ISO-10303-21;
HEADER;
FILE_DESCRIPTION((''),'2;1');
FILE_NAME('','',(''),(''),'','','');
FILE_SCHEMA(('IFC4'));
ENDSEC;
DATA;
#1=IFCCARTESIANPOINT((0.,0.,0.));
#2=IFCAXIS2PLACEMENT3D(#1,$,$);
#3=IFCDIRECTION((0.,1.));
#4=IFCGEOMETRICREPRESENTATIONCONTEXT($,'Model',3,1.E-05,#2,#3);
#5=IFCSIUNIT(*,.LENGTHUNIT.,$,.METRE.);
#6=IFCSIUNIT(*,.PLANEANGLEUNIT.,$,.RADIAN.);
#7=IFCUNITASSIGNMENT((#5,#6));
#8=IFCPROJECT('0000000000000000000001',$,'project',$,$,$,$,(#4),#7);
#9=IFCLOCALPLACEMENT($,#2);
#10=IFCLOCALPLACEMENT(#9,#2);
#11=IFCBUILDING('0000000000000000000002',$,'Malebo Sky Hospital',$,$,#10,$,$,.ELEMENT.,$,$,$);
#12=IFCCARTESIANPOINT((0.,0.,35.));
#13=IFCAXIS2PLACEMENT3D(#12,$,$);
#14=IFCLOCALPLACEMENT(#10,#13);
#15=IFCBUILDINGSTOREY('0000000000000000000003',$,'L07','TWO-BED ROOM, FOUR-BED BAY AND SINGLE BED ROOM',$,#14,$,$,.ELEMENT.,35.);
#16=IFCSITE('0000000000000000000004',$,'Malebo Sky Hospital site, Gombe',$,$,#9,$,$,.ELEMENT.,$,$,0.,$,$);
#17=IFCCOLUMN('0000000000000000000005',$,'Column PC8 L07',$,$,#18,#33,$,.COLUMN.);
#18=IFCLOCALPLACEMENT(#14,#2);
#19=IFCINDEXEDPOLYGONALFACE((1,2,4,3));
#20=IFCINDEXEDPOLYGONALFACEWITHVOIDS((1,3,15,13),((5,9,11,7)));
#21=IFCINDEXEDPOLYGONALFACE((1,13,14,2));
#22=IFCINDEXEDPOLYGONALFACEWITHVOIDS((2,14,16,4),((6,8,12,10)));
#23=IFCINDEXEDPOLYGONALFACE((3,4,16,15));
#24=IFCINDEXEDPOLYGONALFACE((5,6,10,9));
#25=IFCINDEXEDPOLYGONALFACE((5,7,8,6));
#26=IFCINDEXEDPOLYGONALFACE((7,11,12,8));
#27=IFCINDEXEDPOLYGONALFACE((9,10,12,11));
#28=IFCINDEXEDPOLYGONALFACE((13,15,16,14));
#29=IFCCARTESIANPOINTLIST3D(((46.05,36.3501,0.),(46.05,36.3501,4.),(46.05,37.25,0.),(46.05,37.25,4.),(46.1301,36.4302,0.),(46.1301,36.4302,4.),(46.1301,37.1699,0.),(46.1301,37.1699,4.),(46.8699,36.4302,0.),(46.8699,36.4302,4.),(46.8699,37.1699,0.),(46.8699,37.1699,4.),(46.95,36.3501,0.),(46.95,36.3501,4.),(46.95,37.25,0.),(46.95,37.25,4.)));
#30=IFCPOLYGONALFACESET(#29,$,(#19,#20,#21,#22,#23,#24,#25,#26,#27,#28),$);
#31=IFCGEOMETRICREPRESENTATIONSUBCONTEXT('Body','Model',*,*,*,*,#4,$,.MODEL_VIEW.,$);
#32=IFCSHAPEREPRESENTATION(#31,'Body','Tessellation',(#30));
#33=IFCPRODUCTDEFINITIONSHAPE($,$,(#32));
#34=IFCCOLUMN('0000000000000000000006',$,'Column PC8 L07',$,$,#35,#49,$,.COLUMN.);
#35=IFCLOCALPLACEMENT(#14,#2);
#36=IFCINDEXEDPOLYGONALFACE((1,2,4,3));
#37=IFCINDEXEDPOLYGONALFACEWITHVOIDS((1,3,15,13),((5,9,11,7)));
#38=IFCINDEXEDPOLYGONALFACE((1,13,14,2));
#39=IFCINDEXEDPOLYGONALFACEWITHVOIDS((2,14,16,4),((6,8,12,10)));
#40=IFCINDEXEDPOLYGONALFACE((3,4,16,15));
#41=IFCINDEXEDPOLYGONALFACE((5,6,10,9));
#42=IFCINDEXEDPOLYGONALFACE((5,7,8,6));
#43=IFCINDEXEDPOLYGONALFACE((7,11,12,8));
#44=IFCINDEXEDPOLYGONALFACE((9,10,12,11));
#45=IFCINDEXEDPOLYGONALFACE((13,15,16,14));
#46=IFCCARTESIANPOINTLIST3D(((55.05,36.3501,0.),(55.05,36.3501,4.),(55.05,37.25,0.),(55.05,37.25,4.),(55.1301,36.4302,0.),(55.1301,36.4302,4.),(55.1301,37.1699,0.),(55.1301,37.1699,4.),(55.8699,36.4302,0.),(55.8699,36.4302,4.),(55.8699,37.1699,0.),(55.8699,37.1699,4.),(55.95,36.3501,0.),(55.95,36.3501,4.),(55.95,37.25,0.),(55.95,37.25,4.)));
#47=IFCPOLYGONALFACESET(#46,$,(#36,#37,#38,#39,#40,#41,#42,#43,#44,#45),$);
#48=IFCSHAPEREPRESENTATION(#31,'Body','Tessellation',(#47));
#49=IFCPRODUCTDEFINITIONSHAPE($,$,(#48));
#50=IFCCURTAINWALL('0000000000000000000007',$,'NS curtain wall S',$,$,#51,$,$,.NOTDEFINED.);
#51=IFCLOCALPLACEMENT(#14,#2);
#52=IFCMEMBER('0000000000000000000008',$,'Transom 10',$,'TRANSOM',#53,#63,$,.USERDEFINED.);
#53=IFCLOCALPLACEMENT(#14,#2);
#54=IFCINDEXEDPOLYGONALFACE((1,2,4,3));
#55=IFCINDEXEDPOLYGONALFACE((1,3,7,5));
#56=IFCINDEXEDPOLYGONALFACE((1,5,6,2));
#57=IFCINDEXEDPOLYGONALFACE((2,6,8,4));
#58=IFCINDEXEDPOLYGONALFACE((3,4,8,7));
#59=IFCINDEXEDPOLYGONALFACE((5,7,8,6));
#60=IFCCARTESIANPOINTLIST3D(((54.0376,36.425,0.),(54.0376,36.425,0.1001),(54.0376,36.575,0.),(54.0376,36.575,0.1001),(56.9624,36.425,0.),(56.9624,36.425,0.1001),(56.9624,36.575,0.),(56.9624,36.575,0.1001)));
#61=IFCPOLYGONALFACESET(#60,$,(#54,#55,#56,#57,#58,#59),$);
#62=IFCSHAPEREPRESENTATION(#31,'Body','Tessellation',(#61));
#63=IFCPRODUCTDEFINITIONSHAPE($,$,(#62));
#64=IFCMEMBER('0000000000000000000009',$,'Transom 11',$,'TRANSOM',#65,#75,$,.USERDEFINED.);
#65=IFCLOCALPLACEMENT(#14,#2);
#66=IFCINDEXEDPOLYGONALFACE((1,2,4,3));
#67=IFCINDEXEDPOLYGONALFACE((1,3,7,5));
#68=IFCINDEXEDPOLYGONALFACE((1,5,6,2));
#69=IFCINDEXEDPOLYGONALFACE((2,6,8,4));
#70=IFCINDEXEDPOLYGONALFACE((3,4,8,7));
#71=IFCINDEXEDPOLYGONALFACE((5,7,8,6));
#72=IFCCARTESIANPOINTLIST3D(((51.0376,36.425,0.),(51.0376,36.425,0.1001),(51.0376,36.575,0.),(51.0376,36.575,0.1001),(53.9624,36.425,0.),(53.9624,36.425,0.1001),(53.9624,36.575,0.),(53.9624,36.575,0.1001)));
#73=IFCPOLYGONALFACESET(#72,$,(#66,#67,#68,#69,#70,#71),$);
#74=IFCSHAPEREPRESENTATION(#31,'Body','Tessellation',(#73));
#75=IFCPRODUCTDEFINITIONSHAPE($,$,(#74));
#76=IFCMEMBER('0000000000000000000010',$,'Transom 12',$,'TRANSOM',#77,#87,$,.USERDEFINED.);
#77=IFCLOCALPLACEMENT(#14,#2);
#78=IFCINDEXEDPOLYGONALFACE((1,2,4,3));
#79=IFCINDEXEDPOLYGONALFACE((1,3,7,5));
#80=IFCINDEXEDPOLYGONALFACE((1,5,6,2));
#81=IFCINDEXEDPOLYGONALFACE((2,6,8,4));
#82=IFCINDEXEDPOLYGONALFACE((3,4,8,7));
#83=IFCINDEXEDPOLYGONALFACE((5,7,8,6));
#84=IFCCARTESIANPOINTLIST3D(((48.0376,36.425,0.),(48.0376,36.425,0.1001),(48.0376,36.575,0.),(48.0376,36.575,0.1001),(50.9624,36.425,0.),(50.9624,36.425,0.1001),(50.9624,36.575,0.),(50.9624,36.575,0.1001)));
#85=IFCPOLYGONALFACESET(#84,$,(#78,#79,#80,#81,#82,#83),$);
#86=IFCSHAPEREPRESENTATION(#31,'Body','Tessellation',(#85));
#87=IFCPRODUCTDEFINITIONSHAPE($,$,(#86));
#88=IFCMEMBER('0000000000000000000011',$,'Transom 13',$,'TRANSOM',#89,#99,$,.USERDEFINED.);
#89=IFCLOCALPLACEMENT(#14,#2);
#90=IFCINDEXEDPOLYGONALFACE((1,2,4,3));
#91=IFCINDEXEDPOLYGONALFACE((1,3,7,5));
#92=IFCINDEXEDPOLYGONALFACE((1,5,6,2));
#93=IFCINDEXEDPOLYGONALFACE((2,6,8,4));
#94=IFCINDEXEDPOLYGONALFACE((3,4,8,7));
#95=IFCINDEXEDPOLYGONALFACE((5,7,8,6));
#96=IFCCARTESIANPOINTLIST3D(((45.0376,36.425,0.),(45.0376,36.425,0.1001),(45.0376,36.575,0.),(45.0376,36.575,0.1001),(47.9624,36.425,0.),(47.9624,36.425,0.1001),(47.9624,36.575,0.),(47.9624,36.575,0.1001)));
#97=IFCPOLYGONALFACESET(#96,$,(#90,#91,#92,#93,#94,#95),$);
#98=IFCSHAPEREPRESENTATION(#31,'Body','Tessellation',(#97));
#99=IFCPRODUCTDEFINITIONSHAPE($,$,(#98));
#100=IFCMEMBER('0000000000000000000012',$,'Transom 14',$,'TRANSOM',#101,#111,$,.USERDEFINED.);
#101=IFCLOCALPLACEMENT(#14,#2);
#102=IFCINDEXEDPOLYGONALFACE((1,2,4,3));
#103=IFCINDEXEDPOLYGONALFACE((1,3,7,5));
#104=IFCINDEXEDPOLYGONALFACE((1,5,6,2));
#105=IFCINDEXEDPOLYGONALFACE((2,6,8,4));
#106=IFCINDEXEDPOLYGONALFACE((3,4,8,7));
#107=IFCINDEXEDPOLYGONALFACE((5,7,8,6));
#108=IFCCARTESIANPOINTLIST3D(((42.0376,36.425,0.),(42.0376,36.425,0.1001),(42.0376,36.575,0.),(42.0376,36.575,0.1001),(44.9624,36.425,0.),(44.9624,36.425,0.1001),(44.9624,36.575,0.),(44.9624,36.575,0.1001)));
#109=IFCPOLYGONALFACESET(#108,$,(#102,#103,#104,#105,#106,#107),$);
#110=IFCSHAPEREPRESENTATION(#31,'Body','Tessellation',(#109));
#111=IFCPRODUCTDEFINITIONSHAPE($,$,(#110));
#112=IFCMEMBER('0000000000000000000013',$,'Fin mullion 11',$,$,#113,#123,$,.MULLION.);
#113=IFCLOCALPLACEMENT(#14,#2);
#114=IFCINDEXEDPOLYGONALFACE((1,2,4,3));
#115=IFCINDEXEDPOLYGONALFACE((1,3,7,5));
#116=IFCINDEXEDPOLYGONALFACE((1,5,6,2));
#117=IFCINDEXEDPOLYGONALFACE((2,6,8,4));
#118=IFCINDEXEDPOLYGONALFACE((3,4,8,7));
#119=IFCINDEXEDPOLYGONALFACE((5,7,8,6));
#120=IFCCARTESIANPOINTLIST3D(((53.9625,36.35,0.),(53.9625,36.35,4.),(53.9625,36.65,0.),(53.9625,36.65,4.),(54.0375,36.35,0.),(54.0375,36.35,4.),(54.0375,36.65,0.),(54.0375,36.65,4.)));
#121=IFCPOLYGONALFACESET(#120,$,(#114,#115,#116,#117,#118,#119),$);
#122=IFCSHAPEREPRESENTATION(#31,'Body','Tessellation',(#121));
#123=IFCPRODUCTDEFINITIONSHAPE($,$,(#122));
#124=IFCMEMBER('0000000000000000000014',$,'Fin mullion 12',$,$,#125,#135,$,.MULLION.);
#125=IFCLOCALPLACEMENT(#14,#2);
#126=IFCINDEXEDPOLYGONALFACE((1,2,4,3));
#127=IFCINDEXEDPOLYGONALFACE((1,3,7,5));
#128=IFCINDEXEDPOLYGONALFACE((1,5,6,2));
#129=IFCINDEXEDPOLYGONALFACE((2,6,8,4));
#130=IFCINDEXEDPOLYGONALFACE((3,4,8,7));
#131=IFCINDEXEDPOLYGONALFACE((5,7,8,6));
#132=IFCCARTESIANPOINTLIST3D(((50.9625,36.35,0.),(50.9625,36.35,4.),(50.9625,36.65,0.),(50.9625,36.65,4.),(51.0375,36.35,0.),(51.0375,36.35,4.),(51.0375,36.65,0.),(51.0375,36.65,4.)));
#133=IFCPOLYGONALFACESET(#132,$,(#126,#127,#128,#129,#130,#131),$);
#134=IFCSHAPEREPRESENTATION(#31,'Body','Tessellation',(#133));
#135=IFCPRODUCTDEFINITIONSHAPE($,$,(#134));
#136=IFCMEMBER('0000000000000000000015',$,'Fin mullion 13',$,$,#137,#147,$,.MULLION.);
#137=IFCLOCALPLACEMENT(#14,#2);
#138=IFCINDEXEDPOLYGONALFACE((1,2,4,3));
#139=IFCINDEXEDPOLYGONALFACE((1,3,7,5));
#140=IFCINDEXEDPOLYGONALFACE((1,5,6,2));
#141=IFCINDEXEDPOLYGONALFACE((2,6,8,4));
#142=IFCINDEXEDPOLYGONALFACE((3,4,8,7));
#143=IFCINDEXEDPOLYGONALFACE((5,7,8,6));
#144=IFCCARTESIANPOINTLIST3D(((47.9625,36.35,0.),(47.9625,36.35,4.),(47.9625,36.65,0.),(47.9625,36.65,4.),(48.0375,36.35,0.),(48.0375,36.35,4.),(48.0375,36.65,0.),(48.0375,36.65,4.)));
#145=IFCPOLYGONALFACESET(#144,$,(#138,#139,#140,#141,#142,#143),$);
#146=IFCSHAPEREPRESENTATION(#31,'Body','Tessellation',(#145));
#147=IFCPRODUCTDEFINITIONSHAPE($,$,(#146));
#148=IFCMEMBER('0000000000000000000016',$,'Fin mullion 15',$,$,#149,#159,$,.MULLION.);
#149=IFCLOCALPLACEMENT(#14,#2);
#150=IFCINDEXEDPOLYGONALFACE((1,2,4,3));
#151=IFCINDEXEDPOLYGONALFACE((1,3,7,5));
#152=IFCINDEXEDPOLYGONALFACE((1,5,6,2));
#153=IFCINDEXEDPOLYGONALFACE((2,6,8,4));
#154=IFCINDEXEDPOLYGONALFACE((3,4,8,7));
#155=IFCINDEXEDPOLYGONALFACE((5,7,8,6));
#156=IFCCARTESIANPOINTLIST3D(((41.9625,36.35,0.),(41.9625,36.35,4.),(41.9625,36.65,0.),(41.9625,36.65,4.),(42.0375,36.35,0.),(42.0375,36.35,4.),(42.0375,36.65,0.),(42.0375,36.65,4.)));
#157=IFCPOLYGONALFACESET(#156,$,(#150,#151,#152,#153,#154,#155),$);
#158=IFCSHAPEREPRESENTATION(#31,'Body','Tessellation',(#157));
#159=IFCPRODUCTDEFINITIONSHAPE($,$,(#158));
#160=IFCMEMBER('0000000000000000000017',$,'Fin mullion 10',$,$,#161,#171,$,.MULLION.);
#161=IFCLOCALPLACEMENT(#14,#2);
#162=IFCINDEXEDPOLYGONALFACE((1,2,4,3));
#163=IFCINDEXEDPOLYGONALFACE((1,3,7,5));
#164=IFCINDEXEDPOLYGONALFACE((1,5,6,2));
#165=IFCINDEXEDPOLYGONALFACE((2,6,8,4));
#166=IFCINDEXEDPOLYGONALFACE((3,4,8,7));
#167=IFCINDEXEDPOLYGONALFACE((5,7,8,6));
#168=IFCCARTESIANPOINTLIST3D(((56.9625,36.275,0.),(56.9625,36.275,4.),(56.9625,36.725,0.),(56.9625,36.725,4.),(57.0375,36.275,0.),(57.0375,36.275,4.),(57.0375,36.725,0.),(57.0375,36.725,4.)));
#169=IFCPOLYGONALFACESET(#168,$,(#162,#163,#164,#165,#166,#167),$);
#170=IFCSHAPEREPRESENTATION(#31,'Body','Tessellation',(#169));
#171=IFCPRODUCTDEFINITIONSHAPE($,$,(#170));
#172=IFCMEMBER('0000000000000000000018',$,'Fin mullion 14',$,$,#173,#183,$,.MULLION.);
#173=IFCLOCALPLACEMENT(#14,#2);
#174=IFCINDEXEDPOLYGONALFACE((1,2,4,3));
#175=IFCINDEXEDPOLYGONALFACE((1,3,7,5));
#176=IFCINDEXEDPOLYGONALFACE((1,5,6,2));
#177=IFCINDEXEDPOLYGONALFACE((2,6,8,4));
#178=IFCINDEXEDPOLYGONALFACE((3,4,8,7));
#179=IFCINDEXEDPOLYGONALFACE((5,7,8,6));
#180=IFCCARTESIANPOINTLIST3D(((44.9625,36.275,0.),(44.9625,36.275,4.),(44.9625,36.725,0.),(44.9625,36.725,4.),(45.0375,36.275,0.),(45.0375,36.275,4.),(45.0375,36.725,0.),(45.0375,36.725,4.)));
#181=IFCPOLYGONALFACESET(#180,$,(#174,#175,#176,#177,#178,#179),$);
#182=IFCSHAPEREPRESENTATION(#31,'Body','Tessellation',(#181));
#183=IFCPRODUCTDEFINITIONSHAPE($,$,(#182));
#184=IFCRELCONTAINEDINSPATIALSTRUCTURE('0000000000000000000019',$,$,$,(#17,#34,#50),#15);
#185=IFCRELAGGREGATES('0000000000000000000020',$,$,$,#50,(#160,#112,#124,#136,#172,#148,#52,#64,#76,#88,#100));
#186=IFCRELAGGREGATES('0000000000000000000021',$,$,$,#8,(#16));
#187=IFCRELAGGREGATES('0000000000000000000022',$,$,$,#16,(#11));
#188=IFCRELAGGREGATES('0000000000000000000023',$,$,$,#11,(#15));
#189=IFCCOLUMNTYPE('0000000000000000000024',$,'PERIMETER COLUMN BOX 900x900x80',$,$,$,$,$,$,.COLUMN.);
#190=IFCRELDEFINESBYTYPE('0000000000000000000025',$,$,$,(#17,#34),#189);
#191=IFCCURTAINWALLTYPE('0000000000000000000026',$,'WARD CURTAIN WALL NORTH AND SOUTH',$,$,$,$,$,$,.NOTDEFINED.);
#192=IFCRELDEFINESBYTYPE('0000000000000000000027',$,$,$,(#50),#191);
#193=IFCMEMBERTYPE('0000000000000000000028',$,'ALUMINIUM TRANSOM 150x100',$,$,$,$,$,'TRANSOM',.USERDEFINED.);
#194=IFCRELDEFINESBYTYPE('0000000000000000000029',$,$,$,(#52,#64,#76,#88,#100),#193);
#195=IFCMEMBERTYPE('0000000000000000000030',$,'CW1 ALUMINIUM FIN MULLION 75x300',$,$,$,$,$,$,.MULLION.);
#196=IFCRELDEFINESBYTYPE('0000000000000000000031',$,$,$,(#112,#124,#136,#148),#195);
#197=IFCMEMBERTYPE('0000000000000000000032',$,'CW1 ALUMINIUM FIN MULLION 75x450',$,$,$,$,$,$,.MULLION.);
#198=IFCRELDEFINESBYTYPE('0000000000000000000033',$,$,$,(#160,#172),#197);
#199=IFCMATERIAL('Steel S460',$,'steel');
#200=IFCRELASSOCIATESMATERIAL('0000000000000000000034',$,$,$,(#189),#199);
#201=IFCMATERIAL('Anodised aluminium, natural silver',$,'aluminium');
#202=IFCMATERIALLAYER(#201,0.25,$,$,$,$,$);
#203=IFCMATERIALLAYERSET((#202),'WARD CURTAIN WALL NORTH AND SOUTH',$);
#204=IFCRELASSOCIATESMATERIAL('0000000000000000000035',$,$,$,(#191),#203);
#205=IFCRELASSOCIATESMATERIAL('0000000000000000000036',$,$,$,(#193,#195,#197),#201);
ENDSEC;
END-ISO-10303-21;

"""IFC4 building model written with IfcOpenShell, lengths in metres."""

from ifc_helpers import new_model, si_unit, direction, frame, origin, origin_2d, place, context, subcontext, project, spatial, rectangle, hollow_rectangle, extrude, material, layer, layer_set, material_profile, profile_set, type_object, element, aggregate, save


model = new_model("IFC4")

# Units and contexts
model_context = context("Model", 3, precision=1e-05, world=origin(), true_north=direction((0.0, 1.0)))
body_context = subcontext(model_context, "Body", "Model", "MODEL_VIEW")
ifc_project = project(units=[si_unit("LENGTHUNIT", "METRE"), si_unit("PLANEANGLEUNIT", "RADIAN")], contexts=[model_context])

# Site, building, storey
site_placement = place(None, origin())
site = spatial("IfcSite", under=ifc_project, at=site_placement, Name="Malebo Sky Hospital site, Gombe", CompositionType="ELEMENT", RefElevation=0.0)
building_placement = place(site_placement, origin())
building = spatial("IfcBuilding", under=site, at=building_placement, Name="Malebo Sky Hospital", CompositionType="ELEMENT")
storey_placement = place(building_placement, frame((0.0, 0.0, 35.0)))
storey = spatial("IfcBuildingStorey", under=building, at=storey_placement, Name="L07", Description="TWO-BED ROOM, FOUR-BED BAY AND SINGLE BED ROOM", CompositionType="ELEMENT", Elevation=35.0)

# Columns
ifc_material_1 = material(Name="Steel S460", Category="steel")
ifc_material_profile_1 = material_profile(ifc_material_1, hollow_rectangle(XDim=0.8999, YDim=0.8999, WallThickness=0.0801, at=origin_2d()), Name="BOX 900x900x80")
ifc_profile_set_1 = profile_set([ifc_material_profile_1], Name="Steel S460")
column_type = type_object("IfcColumnType", Name="PERIMETER COLUMN BOX 900x900x80", PredefinedType="COLUMN", material=ifc_profile_set_1)
for number, where, z_axis, x_axis, name in (
    (1, (46.5, 36.8, 0.0), (0.0, 0.0, 1.0), (1.0, 0.0, 0.0), "Column PC8 L07"),
    (2, (55.5, 36.8, 0.0), (0.0, 0.0, 1.0), (1.0, 0.0, 0.0), "Column PC8 L07"),
):
    element("IfcColumn", number, at=place(storey_placement, frame(where, z_axis=z_axis, x_axis=x_axis)), inside=storey, type_object=column_type, Name=name, PredefinedType="COLUMN", context=body_context, shape_type="SweptSolid", body=[
        extrude(hollow_rectangle(XDim=0.8999, YDim=0.8999, WallThickness=0.0801, at=origin_2d()), origin(), (0.0, 0.0, 1.0), 4.0),
    ])

# Curtain wall, members
ifc_material_2 = material(Name="Anodised aluminium, natural silver", Category="aluminium")
ifc_layer_1 = layer(ifc_material_2, 0.25)
ifc_layer_set_1 = layer_set([ifc_layer_1], Name="WARD CURTAIN WALL NORTH AND SOUTH")
curtain_wall_type = type_object("IfcCurtainWallType", Name="WARD CURTAIN WALL NORTH AND SOUTH", PredefinedType="NOTDEFINED", material=ifc_layer_set_1)
curtain_wall_placement = place(storey_placement, origin())
curtain_wall = element("IfcCurtainWall", 3, at=curtain_wall_placement, inside=storey, type_object=curtain_wall_type, Name="NS curtain wall S", PredefinedType="NOTDEFINED")
ifc_material_profile_2 = material_profile(ifc_material_2, rectangle(XDim=0.1499, YDim=0.1001, at=origin_2d()), Name="ALUMINIUM TRANSOM 150x100")
ifc_profile_set_2 = profile_set([ifc_material_profile_2], Name="Anodised aluminium, natural silver")
member_type_1 = type_object("IfcMemberType", Name="ALUMINIUM TRANSOM 150x100", ElementType="TRANSOM", PredefinedType="USERDEFINED", material=ifc_profile_set_2)
member_1_placement = place(storey_placement, frame((56.9624, 36.5, 0.05), z_axis=(-1.0, 0.0, 0.0), x_axis=(0.0, -1.0, 0.0)))
member_1 = element("IfcMember", 4, at=member_1_placement, type_object=member_type_1, Name="Transom 10", ObjectType="TRANSOM", PredefinedType="USERDEFINED", context=body_context, shape_type="SweptSolid", body=[
    extrude(rectangle(XDim=0.1499, YDim=0.1001, at=origin_2d()), origin(), (0.0, 0.0, 1.0), 2.9248),
])
member_2_placement = place(storey_placement, frame((53.9624, 36.5, 0.05), z_axis=(-1.0, 0.0, 0.0), x_axis=(0.0, -1.0, 0.0)))
member_2 = element("IfcMember", 5, at=member_2_placement, type_object=member_type_1, Name="Transom 11", ObjectType="TRANSOM", PredefinedType="USERDEFINED", context=body_context, shape_type="SweptSolid", body=[
    extrude(rectangle(XDim=0.1499, YDim=0.1001, at=origin_2d()), origin(), (0.0, 0.0, 1.0), 2.9248),
])
member_3_placement = place(storey_placement, frame((50.9624, 36.5, 0.05), z_axis=(-1.0, 0.0, 0.0), x_axis=(0.0, -1.0, 0.0)))
member_3 = element("IfcMember", 6, at=member_3_placement, type_object=member_type_1, Name="Transom 12", ObjectType="TRANSOM", PredefinedType="USERDEFINED", context=body_context, shape_type="SweptSolid", body=[
    extrude(rectangle(XDim=0.1499, YDim=0.1001, at=origin_2d()), origin(), (0.0, 0.0, 1.0), 2.9248),
])
member_4_placement = place(storey_placement, frame((47.9624, 36.5, 0.05), z_axis=(-1.0, 0.0, 0.0), x_axis=(0.0, -1.0, 0.0)))
member_4 = element("IfcMember", 7, at=member_4_placement, type_object=member_type_1, Name="Transom 13", ObjectType="TRANSOM", PredefinedType="USERDEFINED", context=body_context, shape_type="SweptSolid", body=[
    extrude(rectangle(XDim=0.1499, YDim=0.1001, at=origin_2d()), origin(), (0.0, 0.0, 1.0), 2.9248),
])
member_5_placement = place(storey_placement, frame((44.9624, 36.5, 0.05), z_axis=(-1.0, 0.0, 0.0), x_axis=(0.0, -1.0, 0.0)))
member_5 = element("IfcMember", 8, at=member_5_placement, type_object=member_type_1, Name="Transom 14", ObjectType="TRANSOM", PredefinedType="USERDEFINED", context=body_context, shape_type="SweptSolid", body=[
    extrude(rectangle(XDim=0.1499, YDim=0.1001, at=origin_2d()), origin(), (0.0, 0.0, 1.0), 2.9248),
])
ifc_material_profile_3 = material_profile(ifc_material_2, rectangle(XDim=0.075, YDim=0.3, at=origin_2d()), Name="CW1 ALUMINIUM FIN MULLION 75x300")
ifc_profile_set_3 = profile_set([ifc_material_profile_3], Name="Anodised aluminium, natural silver")
member_type_2 = type_object("IfcMemberType", Name="CW1 ALUMINIUM FIN MULLION 75x300", PredefinedType="MULLION", material=ifc_profile_set_3)
member_6_placement = place(storey_placement, frame((54.0, 36.5, 0.0), z_axis=(0.0, 0.0, 1.0), x_axis=(-1.0, 0.0, 0.0)))
member_6 = element("IfcMember", 9, at=member_6_placement, type_object=member_type_2, Name="Fin mullion 11", PredefinedType="MULLION", context=body_context, shape_type="SweptSolid", body=[
    extrude(rectangle(XDim=0.075, YDim=0.3, at=origin_2d()), origin(), (0.0, 0.0, 1.0), 4.0),
])
member_7_placement = place(storey_placement, frame((51.0, 36.5, 0.0), z_axis=(0.0, 0.0, 1.0), x_axis=(-1.0, 0.0, 0.0)))
member_7 = element("IfcMember", 10, at=member_7_placement, type_object=member_type_2, Name="Fin mullion 12", PredefinedType="MULLION", context=body_context, shape_type="SweptSolid", body=[
    extrude(rectangle(XDim=0.075, YDim=0.3, at=origin_2d()), origin(), (0.0, 0.0, 1.0), 4.0),
])
member_8_placement = place(storey_placement, frame((48.0, 36.5, 0.0), z_axis=(0.0, 0.0, 1.0), x_axis=(-1.0, 0.0, 0.0)))
member_8 = element("IfcMember", 11, at=member_8_placement, type_object=member_type_2, Name="Fin mullion 13", PredefinedType="MULLION", context=body_context, shape_type="SweptSolid", body=[
    extrude(rectangle(XDim=0.075, YDim=0.3, at=origin_2d()), origin(), (0.0, 0.0, 1.0), 4.0),
])
member_9_placement = place(storey_placement, frame((42.0, 36.5, 0.0), z_axis=(0.0, 0.0, 1.0), x_axis=(-1.0, 0.0, 0.0)))
member_9 = element("IfcMember", 12, at=member_9_placement, type_object=member_type_2, Name="Fin mullion 15", PredefinedType="MULLION", context=body_context, shape_type="SweptSolid", body=[
    extrude(rectangle(XDim=0.075, YDim=0.3, at=origin_2d()), origin(), (0.0, 0.0, 1.0), 4.0),
])
ifc_material_profile_4 = material_profile(ifc_material_2, rectangle(XDim=0.075, YDim=0.45, at=origin_2d()), Name="CW1 ALUMINIUM FIN MULLION 75x450")
ifc_profile_set_4 = profile_set([ifc_material_profile_4], Name="Anodised aluminium, natural silver")
member_type_3 = type_object("IfcMemberType", Name="CW1 ALUMINIUM FIN MULLION 75x450", PredefinedType="MULLION", material=ifc_profile_set_4)
member_10_placement = place(storey_placement, frame((57.0, 36.5, 0.0), z_axis=(0.0, 0.0, 1.0), x_axis=(-1.0, 0.0, 0.0)))
member_10 = element("IfcMember", 13, at=member_10_placement, type_object=member_type_3, Name="Fin mullion 10", PredefinedType="MULLION", context=body_context, shape_type="SweptSolid", body=[
    extrude(rectangle(XDim=0.075, YDim=0.45, at=origin_2d()), origin(), (0.0, 0.0, 1.0), 4.0),
])
member_11_placement = place(storey_placement, frame((45.0, 36.5, 0.0), z_axis=(0.0, 0.0, 1.0), x_axis=(-1.0, 0.0, 0.0)))
member_11 = element("IfcMember", 14, at=member_11_placement, type_object=member_type_3, Name="Fin mullion 14", PredefinedType="MULLION", context=body_context, shape_type="SweptSolid", body=[
    extrude(rectangle(XDim=0.075, YDim=0.45, at=origin_2d()), origin(), (0.0, 0.0, 1.0), 4.0),
])

aggregate(curtain_wall, [member_10, member_6, member_7, member_8, member_11, member_9, member_1, member_2, member_3, member_4, member_5])

save(model, "model.ifc")
